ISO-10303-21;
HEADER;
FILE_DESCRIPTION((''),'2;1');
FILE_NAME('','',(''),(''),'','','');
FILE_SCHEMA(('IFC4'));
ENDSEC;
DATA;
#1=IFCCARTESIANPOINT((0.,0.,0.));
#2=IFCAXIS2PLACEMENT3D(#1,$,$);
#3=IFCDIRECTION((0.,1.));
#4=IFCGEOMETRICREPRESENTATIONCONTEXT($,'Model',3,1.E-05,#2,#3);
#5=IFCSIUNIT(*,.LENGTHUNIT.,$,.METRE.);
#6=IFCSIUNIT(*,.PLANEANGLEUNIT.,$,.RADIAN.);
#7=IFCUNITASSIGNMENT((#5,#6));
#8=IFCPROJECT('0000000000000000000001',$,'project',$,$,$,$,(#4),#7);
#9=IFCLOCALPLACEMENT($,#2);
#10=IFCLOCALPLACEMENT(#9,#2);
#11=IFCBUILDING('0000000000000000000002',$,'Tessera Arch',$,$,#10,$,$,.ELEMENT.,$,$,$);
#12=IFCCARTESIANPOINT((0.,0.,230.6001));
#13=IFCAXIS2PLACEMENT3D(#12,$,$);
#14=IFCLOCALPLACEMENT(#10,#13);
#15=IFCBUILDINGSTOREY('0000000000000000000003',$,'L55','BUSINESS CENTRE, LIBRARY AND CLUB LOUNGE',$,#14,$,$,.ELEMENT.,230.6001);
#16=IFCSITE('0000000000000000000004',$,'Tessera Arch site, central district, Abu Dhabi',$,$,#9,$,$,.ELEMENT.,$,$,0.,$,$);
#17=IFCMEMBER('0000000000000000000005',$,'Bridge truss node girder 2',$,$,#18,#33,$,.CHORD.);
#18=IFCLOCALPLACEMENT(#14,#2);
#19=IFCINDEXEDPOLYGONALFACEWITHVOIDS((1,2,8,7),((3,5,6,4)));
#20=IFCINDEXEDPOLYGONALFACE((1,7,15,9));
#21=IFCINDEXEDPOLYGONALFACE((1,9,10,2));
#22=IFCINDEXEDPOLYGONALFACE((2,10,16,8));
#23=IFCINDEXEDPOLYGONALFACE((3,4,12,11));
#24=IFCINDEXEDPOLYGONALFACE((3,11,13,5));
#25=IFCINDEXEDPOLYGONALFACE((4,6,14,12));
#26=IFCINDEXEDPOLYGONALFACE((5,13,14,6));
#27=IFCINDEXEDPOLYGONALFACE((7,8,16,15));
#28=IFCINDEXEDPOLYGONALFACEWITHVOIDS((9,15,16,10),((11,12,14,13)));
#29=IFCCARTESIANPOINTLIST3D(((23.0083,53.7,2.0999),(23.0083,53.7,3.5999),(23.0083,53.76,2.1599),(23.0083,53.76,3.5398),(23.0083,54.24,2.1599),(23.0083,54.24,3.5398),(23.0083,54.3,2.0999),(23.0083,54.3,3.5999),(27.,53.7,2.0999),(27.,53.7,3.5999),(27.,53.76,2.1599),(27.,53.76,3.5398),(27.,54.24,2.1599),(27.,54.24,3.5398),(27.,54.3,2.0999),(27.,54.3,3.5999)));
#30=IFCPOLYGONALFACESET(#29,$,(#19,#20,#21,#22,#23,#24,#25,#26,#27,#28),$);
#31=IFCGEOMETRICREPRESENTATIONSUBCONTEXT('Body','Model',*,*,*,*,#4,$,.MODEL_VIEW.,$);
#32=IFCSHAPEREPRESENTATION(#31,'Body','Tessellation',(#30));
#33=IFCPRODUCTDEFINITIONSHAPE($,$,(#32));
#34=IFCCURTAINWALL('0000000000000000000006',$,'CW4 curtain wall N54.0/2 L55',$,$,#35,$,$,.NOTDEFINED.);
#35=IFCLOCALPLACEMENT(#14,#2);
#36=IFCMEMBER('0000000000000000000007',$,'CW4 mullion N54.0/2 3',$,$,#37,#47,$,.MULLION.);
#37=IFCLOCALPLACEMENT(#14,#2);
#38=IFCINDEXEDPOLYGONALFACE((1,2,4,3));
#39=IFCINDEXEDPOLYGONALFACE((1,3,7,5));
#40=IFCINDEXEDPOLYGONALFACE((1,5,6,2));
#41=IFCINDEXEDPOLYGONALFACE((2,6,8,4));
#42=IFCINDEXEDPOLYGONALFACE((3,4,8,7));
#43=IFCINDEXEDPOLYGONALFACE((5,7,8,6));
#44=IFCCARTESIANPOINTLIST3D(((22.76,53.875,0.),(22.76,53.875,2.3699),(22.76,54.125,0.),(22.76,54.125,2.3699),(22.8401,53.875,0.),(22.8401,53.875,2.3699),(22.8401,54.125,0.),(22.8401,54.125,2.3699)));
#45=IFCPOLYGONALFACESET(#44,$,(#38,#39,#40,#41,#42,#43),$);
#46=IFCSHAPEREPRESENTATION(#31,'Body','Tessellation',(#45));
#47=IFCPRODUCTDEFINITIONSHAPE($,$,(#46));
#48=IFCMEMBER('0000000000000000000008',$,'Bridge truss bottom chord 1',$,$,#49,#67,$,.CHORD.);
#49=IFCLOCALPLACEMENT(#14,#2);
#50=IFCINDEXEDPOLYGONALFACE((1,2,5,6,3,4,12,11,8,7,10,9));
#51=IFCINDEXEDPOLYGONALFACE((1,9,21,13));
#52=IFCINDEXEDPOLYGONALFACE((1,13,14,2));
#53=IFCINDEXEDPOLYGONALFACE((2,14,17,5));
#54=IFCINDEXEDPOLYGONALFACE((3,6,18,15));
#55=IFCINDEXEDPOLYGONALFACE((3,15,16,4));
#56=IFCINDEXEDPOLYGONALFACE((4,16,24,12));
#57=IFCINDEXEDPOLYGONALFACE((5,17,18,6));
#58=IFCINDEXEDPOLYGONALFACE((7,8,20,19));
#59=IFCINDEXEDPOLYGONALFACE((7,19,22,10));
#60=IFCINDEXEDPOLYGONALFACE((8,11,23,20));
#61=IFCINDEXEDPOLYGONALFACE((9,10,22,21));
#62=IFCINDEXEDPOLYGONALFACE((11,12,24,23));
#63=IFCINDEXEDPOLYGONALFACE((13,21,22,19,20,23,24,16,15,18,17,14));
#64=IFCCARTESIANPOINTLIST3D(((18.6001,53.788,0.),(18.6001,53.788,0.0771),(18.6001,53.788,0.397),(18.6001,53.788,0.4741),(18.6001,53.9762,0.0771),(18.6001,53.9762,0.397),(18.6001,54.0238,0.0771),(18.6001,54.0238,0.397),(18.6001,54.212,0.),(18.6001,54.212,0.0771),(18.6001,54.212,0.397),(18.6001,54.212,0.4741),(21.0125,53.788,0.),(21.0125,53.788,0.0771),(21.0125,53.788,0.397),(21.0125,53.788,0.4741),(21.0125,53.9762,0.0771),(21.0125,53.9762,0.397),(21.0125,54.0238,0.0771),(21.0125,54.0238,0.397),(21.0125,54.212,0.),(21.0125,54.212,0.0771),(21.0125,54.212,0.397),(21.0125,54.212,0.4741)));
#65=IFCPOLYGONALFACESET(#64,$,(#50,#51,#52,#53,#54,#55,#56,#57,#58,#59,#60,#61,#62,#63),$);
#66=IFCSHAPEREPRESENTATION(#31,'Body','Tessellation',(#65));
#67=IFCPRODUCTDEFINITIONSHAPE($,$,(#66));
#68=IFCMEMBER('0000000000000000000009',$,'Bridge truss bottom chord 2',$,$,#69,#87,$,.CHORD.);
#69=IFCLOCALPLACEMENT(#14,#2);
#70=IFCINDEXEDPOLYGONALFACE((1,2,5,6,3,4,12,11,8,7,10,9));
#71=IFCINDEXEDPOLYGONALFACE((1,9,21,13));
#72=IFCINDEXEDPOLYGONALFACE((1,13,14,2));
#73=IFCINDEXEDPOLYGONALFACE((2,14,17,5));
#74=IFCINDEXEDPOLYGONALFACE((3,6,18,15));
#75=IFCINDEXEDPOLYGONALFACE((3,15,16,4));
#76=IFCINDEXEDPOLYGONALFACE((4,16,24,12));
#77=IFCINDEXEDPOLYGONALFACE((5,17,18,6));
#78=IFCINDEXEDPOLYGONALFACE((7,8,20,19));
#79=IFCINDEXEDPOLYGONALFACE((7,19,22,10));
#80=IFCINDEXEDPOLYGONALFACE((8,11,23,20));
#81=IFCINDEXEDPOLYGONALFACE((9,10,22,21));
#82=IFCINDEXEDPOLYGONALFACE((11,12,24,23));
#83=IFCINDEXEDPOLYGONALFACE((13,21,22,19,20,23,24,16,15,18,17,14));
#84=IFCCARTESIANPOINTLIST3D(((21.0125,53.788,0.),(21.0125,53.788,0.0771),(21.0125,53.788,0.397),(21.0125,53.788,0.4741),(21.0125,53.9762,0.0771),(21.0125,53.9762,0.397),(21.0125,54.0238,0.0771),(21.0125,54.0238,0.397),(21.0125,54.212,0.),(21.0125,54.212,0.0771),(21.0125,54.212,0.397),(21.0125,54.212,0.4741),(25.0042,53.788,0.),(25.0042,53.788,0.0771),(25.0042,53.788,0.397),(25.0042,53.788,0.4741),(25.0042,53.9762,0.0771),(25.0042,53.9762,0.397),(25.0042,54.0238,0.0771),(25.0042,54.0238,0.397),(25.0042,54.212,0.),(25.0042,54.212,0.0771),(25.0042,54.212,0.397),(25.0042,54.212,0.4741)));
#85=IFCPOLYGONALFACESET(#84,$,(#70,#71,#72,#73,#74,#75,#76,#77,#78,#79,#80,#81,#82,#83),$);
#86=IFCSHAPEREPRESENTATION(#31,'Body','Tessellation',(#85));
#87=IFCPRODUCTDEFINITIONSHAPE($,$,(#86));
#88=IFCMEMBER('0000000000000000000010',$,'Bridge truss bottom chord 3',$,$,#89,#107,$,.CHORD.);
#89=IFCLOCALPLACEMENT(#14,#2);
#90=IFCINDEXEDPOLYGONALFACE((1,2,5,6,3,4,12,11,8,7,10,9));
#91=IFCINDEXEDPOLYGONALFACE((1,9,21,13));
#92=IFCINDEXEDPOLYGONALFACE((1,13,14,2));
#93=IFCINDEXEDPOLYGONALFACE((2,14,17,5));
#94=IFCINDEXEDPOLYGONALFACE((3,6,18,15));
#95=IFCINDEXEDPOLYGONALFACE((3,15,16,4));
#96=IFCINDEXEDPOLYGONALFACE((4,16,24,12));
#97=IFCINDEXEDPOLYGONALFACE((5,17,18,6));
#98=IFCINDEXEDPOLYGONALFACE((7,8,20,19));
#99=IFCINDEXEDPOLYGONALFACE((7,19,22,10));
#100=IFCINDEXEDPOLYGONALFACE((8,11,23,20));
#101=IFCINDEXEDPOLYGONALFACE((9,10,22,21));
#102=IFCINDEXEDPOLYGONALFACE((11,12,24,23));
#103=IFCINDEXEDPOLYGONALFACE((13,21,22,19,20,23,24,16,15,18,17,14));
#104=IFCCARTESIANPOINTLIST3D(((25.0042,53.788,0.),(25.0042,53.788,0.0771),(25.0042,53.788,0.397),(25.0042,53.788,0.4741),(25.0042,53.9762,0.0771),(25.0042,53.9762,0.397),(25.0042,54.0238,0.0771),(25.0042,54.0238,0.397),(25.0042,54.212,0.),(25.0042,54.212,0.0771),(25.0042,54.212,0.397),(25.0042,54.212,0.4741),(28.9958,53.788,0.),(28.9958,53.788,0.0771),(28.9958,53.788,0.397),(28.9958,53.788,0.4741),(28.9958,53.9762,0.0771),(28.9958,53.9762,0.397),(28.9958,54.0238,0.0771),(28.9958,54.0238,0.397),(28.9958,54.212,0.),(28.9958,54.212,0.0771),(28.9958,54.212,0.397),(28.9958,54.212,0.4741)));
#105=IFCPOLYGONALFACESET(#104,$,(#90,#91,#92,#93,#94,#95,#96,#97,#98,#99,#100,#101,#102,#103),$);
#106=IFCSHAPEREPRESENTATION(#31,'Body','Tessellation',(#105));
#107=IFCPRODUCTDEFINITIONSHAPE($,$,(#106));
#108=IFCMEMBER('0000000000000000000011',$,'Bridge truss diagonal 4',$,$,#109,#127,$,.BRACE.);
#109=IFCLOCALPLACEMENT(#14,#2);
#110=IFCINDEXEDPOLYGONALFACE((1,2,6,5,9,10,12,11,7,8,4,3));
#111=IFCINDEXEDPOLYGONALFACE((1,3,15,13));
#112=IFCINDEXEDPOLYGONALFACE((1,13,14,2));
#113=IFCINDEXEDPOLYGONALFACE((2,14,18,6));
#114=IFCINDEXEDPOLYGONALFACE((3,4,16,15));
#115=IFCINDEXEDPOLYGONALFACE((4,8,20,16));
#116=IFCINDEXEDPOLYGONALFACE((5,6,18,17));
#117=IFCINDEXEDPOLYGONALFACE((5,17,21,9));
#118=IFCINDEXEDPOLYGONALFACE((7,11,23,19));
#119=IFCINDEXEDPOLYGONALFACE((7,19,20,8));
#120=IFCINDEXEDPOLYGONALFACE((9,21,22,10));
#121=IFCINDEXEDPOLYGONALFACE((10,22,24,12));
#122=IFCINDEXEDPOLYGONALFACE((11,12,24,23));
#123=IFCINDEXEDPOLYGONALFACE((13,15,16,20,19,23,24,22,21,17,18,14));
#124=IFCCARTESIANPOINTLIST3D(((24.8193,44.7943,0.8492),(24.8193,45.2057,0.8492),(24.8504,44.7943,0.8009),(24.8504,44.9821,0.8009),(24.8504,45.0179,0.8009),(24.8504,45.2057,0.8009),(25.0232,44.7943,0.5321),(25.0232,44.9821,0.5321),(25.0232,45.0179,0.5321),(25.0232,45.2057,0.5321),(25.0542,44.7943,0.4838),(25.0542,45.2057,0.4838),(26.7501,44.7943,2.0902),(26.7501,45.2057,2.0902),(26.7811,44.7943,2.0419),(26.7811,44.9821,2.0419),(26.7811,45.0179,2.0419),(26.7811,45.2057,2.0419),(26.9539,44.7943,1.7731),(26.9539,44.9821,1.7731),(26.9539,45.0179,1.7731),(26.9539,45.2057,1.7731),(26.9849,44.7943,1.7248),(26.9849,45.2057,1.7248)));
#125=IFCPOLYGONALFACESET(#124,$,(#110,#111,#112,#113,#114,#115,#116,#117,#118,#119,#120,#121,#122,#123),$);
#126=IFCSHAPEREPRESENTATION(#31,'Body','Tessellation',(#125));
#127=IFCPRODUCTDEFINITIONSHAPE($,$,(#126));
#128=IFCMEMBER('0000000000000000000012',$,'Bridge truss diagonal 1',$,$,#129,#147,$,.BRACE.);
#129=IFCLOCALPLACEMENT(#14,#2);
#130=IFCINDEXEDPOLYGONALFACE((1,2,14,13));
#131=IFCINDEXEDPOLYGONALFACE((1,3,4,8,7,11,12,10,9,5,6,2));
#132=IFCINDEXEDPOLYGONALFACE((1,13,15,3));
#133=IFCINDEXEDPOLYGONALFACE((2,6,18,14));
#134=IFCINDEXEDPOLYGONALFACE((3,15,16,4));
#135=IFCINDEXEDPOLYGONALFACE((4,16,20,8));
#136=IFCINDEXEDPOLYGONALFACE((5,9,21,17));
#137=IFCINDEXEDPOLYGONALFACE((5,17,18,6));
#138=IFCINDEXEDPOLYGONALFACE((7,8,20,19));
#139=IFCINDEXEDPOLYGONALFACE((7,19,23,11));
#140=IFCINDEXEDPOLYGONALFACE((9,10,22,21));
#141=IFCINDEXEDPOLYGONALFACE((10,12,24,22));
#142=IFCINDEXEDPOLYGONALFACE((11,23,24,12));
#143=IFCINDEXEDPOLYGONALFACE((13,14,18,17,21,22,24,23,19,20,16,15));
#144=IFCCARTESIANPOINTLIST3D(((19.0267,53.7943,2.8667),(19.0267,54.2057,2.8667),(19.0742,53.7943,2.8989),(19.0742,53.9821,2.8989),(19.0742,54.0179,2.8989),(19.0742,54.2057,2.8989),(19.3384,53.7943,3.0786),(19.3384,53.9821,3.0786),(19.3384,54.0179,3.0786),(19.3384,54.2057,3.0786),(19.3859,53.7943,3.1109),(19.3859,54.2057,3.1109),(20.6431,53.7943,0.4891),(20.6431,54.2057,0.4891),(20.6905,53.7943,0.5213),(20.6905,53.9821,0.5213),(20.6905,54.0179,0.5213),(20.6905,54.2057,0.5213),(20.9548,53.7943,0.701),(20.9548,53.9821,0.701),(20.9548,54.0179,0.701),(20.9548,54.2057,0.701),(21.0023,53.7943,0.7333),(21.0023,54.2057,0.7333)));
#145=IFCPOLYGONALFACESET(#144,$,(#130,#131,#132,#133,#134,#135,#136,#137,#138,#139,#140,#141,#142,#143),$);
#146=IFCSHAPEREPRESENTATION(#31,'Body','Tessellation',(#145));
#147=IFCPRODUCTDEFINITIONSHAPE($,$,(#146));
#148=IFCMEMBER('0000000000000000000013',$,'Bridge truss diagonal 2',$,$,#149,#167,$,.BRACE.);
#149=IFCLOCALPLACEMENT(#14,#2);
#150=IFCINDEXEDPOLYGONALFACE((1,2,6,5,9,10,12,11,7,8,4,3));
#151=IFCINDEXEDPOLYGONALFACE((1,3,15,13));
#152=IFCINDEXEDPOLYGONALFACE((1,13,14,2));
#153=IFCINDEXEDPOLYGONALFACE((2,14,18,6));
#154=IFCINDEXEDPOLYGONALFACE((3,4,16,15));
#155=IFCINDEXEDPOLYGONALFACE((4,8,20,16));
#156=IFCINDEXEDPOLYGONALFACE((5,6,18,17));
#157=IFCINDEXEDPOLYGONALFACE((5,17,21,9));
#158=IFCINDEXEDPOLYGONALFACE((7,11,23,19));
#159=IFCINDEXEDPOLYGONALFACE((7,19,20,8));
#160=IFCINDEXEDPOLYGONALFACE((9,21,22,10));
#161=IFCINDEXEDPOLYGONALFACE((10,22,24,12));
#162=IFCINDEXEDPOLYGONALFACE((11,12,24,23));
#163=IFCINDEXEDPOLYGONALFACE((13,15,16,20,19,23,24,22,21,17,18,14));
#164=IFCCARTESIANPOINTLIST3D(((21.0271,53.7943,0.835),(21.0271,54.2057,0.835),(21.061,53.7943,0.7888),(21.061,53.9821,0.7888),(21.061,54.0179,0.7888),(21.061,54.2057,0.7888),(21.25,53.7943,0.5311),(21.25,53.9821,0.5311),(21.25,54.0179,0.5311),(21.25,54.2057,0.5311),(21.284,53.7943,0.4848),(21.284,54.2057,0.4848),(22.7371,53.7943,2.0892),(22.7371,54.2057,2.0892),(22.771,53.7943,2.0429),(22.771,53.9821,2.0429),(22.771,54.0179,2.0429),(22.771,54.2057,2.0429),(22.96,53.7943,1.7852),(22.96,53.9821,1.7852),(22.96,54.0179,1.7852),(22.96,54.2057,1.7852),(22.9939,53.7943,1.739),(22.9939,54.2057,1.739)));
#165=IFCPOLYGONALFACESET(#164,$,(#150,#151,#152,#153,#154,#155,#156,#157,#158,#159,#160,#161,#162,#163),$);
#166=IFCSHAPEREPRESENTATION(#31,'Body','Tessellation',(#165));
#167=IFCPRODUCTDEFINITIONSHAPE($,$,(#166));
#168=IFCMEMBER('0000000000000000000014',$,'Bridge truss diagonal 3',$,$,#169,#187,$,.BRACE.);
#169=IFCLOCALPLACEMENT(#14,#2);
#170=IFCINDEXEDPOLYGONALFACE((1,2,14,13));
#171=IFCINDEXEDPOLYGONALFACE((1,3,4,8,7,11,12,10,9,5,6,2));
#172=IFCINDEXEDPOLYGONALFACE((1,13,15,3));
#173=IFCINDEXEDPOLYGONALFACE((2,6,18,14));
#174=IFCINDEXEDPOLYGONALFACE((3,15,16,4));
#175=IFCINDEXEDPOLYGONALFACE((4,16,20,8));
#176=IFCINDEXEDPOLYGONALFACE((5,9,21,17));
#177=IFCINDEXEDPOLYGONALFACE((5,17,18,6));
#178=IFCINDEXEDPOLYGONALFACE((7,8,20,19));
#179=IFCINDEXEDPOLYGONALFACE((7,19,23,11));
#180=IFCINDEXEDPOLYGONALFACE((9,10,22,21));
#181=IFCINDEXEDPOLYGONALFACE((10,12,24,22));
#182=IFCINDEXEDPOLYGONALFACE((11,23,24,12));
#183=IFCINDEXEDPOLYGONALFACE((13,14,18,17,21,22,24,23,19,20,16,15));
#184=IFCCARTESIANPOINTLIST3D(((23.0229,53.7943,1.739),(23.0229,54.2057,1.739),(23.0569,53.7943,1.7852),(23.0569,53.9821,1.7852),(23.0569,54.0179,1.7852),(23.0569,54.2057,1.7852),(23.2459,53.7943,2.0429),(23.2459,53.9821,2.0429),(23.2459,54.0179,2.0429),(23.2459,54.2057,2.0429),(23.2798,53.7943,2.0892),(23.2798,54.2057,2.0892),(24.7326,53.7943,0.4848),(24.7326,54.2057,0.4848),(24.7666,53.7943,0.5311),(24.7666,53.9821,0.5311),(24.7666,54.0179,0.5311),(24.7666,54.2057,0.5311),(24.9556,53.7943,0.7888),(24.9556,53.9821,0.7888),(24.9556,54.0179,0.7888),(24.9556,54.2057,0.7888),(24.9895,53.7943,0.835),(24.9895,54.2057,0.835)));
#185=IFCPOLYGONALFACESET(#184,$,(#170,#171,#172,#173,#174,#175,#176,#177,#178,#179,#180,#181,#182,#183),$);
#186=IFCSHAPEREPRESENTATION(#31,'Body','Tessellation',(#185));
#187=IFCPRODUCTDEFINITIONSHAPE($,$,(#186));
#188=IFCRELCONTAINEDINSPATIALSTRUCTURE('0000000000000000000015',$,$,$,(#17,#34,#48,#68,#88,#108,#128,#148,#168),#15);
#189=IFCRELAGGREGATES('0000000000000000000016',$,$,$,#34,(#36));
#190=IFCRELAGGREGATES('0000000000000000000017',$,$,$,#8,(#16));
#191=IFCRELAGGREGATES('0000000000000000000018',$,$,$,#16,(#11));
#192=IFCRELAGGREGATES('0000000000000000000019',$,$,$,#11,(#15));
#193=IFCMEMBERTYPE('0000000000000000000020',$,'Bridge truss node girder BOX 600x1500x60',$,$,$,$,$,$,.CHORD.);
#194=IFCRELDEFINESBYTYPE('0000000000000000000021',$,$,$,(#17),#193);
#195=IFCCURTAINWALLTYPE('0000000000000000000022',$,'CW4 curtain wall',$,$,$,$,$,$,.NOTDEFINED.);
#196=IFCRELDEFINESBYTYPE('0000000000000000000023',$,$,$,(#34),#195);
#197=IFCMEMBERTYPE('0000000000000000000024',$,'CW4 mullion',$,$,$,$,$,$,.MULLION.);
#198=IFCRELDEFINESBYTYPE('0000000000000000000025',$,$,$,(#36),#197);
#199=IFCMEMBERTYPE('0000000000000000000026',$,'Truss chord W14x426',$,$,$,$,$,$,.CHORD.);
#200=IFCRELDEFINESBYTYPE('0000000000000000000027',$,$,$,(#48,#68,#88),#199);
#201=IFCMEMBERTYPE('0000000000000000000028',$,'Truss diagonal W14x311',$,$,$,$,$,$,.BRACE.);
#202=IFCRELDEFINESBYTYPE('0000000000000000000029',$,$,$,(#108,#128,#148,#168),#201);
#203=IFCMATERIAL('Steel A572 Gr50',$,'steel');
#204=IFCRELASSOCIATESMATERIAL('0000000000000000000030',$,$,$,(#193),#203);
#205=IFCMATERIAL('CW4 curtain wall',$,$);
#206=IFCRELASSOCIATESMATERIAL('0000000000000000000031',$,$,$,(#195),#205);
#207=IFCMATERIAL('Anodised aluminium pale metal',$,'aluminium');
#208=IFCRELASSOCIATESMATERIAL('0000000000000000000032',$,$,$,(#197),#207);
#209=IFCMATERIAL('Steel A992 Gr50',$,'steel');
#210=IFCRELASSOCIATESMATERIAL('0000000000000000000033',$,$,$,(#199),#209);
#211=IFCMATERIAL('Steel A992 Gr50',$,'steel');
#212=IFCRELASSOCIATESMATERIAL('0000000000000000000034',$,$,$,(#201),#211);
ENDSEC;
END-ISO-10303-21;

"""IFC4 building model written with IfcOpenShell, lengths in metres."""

from ifc_helpers import new_model, si_unit, direction, frame, origin, origin_2d, place, context, subcontext, project, spatial, rectangle, hollow_rectangle, i_section, extrude, material, material_profile, profile_set, type_object, element, aggregate, save


model = new_model("IFC4")

# Units and contexts
model_context = context("Model", 3, precision=1e-05, world=origin(), true_north=direction((0.0, 1.0)))
body_context = subcontext(model_context, "Body", "Model", "MODEL_VIEW")
ifc_project = project(units=[si_unit("LENGTHUNIT", "METRE"), si_unit("PLANEANGLEUNIT", "RADIAN")], contexts=[model_context])

# Site, building, storey
site_placement = place(None, origin())
site = spatial("IfcSite", under=ifc_project, at=site_placement, Name="Tessera Arch site, central district, Abu Dhabi", CompositionType="ELEMENT", RefElevation=0.0)
building_placement = place(site_placement, origin())
building = spatial("IfcBuilding", under=site, at=building_placement, Name="Tessera Arch", CompositionType="ELEMENT")
storey_placement = place(building_placement, frame((0.0, 0.0, 230.6001)))
storey = spatial("IfcBuildingStorey", under=building, at=storey_placement, Name="L55", Description="BUSINESS CENTRE, LIBRARY AND CLUB LOUNGE", CompositionType="ELEMENT", Elevation=230.6001)

# Member
ifc_material_1 = material(Name="Steel A572 Gr50", Category="steel")
ifc_material_profile_1 = material_profile(ifc_material_1, hollow_rectangle(XDim=0.6001, YDim=1.5, WallThickness=0.0601, at=origin_2d()), Name="BOX 600x1500x60")
ifc_profile_set_1 = profile_set([ifc_material_profile_1], Name="Steel A572 Gr50")
member_type_1 = type_object("IfcMemberType", Name="Bridge truss node girder BOX 600x1500x60", PredefinedType="CHORD", material=ifc_profile_set_1)
member_1_placement = place(storey_placement, frame((23.0083, 54.0, 2.8499), z_axis=(1.0, 0.0, 0.0), x_axis=(0.0, 1.0, 0.0)))
element("IfcMember", 1, at=member_1_placement, inside=storey, type_object=member_type_1, Name="Bridge truss node girder 2", PredefinedType="CHORD", context=body_context, shape_type="SweptSolid", body=[
    extrude(hollow_rectangle(XDim=0.6001, YDim=1.5, WallThickness=0.0601, at=origin_2d()), origin(), (0.0, 0.0, 1.0), 3.9917),
])

# Curtain wall, member
ifc_material_2 = material(Name="CW4 curtain wall")
curtain_wall_type = type_object("IfcCurtainWallType", Name="CW4 curtain wall", PredefinedType="NOTDEFINED", material=ifc_material_2)
curtain_wall_placement = place(storey_placement, origin())
curtain_wall = element("IfcCurtainWall", 2, at=curtain_wall_placement, inside=storey, type_object=curtain_wall_type, Name="CW4 curtain wall N54.0/2 L55", PredefinedType="NOTDEFINED")
ifc_material_3 = material(Name="Anodised aluminium pale metal", Category="aluminium")
ifc_material_profile_2 = material_profile(ifc_material_3, rectangle(XDim=0.25, YDim=0.0801, at=origin_2d()), Name="AL 80x250")
ifc_profile_set_2 = profile_set([ifc_material_profile_2], Name="Anodised aluminium pale metal")
member_type_2 = type_object("IfcMemberType", Name="CW4 mullion", PredefinedType="MULLION", material=ifc_profile_set_2)
member_2_placement = place(storey_placement, frame((22.8, 54.0, 0.0), z_axis=(0.0, 0.0, 1.0), x_axis=(0.0, -1.0, 0.0)))
member_2 = element("IfcMember", 3, at=member_2_placement, type_object=member_type_2, Name="CW4 mullion N54.0/2 3", PredefinedType="MULLION", context=body_context, shape_type="SweptSolid", body=[
    extrude(rectangle(XDim=0.25, YDim=0.0801, at=origin_2d()), origin(), (0.0, 0.0, 1.0), 2.3699),
])

# Members
ifc_material_4 = material(Name="Steel A992 Gr50", Category="steel")
ifc_material_profile_3 = material_profile(ifc_material_4, i_section(OverallWidth=0.4241, OverallDepth=0.4741, WebThickness=0.0476, FlangeThickness=0.0771, at=origin_2d()), Name="W14x426")
ifc_profile_set_3 = profile_set([ifc_material_profile_3], Name="Steel A992 Gr50")
member_type_3 = type_object("IfcMemberType", Name="Truss chord W14x426", PredefinedType="CHORD", material=ifc_profile_set_3)
member_3_placement = place(storey_placement, frame((18.6001, 54.0, 0.2371), z_axis=(1.0, 0.0, 0.0), x_axis=(0.0, 1.0, 0.0)))
element("IfcMember", 4, at=member_3_placement, inside=storey, type_object=member_type_3, Name="Bridge truss bottom chord 1", PredefinedType="CHORD", context=body_context, shape_type="SweptSolid", body=[
    extrude(i_section(OverallWidth=0.4241, OverallDepth=0.4741, WebThickness=0.0476, FlangeThickness=0.0771, at=origin_2d()), origin(), (0.0, 0.0, 1.0), 2.4124),
])
for number, where, z_axis, x_axis, name in (
    (5, (21.0125, 54.0, 0.2371), (1.0, 0.0, 0.0), (0.0, 1.0, 0.0), "Bridge truss bottom chord 2"),
    (6, (25.0042, 54.0, 0.2371), (1.0, 0.0, 0.0), (0.0, 1.0, 0.0), "Bridge truss bottom chord 3"),
):
    element("IfcMember", number, at=place(storey_placement, frame(where, z_axis=z_axis, x_axis=x_axis)), inside=storey, type_object=member_type_3, Name=name, PredefinedType="CHORD", context=body_context, shape_type="SweptSolid", body=[
        extrude(i_section(OverallWidth=0.4241, OverallDepth=0.4741, WebThickness=0.0476, FlangeThickness=0.0771, at=origin_2d()), origin(), (0.0, 0.0, 1.0), 3.9917),
    ])
ifc_material_5 = material(Name="Steel A992 Gr50", Category="steel")
ifc_material_profile_4 = material_profile(ifc_material_5, i_section(OverallWidth=0.4114, OverallDepth=0.4343, WebThickness=0.0359, FlangeThickness=0.0574, at=origin_2d()), Name="W14x311")
ifc_profile_set_4 = profile_set([ifc_material_profile_4], Name="Steel A992 Gr50")
member_type_4 = type_object("IfcMemberType", Name="Truss diagonal W14x311", PredefinedType="BRACE", material=ifc_profile_set_4)
member_4_placement = place(storey_placement, frame((24.9368, 45.0, 0.6665), z_axis=(0.841213, 0.0, 0.540704), x_axis=(0.0, 1.0, 0.0)))
element("IfcMember", 7, at=member_4_placement, inside=storey, type_object=member_type_4, Name="Bridge truss diagonal 4", PredefinedType="BRACE", context=body_context, shape_type="SweptSolid", body=[
    extrude(i_section(OverallWidth=0.4114, OverallDepth=0.4343, WebThickness=0.0359, FlangeThickness=0.0574, at=origin_2d()), origin(), (0.0, 0.0, 1.0), 2.2952),
])
member_5_placement = place(storey_placement, frame((19.2063, 54.0, 2.9888), z_axis=(0.562222, 0.0, -0.826987), x_axis=(0.0, 1.0, 0.0)))
element("IfcMember", 8, at=member_5_placement, inside=storey, type_object=member_type_4, Name="Bridge truss diagonal 1", PredefinedType="BRACE", context=body_context, shape_type="SweptSolid", body=[
    extrude(i_section(OverallWidth=0.4114, OverallDepth=0.4343, WebThickness=0.0359, FlangeThickness=0.0574, at=origin_2d()), origin(), (0.0, 0.0, 1.0), 2.875),
])
member_6_placement = place(storey_placement, frame((21.1555, 54.0, 0.6599), z_axis=(0.806365, 0.0, 0.591419), x_axis=(0.0, 1.0, 0.0)))
element("IfcMember", 9, at=member_6_placement, inside=storey, type_object=member_type_4, Name="Bridge truss diagonal 2", PredefinedType="BRACE", context=body_context, shape_type="SweptSolid", body=[
    extrude(i_section(OverallWidth=0.4114, OverallDepth=0.4343, WebThickness=0.0359, FlangeThickness=0.0574, at=origin_2d()), origin(), (0.0, 0.0, 1.0), 2.1206),
])
for number, where, z_axis, x_axis, name in (
    (10, (23.1514, 54.0, 1.9141), (0.806324, 0.0, -0.591473), (0.0, 1.0, 0.0), "Bridge truss diagonal 3"),
):
    element("IfcMember", number, at=place(storey_placement, frame(where, z_axis=z_axis, x_axis=x_axis)), inside=storey, type_object=member_type_4, Name=name, PredefinedType="BRACE", context=body_context, shape_type="SweptSolid", body=[
        extrude(i_section(OverallWidth=0.4114, OverallDepth=0.4343, WebThickness=0.0359, FlangeThickness=0.0574, at=origin_2d()), origin(), (0.0, 0.0, 1.0), 2.1204),
    ])

aggregate(curtain_wall, [member_2])

save(model, "model.ifc")
